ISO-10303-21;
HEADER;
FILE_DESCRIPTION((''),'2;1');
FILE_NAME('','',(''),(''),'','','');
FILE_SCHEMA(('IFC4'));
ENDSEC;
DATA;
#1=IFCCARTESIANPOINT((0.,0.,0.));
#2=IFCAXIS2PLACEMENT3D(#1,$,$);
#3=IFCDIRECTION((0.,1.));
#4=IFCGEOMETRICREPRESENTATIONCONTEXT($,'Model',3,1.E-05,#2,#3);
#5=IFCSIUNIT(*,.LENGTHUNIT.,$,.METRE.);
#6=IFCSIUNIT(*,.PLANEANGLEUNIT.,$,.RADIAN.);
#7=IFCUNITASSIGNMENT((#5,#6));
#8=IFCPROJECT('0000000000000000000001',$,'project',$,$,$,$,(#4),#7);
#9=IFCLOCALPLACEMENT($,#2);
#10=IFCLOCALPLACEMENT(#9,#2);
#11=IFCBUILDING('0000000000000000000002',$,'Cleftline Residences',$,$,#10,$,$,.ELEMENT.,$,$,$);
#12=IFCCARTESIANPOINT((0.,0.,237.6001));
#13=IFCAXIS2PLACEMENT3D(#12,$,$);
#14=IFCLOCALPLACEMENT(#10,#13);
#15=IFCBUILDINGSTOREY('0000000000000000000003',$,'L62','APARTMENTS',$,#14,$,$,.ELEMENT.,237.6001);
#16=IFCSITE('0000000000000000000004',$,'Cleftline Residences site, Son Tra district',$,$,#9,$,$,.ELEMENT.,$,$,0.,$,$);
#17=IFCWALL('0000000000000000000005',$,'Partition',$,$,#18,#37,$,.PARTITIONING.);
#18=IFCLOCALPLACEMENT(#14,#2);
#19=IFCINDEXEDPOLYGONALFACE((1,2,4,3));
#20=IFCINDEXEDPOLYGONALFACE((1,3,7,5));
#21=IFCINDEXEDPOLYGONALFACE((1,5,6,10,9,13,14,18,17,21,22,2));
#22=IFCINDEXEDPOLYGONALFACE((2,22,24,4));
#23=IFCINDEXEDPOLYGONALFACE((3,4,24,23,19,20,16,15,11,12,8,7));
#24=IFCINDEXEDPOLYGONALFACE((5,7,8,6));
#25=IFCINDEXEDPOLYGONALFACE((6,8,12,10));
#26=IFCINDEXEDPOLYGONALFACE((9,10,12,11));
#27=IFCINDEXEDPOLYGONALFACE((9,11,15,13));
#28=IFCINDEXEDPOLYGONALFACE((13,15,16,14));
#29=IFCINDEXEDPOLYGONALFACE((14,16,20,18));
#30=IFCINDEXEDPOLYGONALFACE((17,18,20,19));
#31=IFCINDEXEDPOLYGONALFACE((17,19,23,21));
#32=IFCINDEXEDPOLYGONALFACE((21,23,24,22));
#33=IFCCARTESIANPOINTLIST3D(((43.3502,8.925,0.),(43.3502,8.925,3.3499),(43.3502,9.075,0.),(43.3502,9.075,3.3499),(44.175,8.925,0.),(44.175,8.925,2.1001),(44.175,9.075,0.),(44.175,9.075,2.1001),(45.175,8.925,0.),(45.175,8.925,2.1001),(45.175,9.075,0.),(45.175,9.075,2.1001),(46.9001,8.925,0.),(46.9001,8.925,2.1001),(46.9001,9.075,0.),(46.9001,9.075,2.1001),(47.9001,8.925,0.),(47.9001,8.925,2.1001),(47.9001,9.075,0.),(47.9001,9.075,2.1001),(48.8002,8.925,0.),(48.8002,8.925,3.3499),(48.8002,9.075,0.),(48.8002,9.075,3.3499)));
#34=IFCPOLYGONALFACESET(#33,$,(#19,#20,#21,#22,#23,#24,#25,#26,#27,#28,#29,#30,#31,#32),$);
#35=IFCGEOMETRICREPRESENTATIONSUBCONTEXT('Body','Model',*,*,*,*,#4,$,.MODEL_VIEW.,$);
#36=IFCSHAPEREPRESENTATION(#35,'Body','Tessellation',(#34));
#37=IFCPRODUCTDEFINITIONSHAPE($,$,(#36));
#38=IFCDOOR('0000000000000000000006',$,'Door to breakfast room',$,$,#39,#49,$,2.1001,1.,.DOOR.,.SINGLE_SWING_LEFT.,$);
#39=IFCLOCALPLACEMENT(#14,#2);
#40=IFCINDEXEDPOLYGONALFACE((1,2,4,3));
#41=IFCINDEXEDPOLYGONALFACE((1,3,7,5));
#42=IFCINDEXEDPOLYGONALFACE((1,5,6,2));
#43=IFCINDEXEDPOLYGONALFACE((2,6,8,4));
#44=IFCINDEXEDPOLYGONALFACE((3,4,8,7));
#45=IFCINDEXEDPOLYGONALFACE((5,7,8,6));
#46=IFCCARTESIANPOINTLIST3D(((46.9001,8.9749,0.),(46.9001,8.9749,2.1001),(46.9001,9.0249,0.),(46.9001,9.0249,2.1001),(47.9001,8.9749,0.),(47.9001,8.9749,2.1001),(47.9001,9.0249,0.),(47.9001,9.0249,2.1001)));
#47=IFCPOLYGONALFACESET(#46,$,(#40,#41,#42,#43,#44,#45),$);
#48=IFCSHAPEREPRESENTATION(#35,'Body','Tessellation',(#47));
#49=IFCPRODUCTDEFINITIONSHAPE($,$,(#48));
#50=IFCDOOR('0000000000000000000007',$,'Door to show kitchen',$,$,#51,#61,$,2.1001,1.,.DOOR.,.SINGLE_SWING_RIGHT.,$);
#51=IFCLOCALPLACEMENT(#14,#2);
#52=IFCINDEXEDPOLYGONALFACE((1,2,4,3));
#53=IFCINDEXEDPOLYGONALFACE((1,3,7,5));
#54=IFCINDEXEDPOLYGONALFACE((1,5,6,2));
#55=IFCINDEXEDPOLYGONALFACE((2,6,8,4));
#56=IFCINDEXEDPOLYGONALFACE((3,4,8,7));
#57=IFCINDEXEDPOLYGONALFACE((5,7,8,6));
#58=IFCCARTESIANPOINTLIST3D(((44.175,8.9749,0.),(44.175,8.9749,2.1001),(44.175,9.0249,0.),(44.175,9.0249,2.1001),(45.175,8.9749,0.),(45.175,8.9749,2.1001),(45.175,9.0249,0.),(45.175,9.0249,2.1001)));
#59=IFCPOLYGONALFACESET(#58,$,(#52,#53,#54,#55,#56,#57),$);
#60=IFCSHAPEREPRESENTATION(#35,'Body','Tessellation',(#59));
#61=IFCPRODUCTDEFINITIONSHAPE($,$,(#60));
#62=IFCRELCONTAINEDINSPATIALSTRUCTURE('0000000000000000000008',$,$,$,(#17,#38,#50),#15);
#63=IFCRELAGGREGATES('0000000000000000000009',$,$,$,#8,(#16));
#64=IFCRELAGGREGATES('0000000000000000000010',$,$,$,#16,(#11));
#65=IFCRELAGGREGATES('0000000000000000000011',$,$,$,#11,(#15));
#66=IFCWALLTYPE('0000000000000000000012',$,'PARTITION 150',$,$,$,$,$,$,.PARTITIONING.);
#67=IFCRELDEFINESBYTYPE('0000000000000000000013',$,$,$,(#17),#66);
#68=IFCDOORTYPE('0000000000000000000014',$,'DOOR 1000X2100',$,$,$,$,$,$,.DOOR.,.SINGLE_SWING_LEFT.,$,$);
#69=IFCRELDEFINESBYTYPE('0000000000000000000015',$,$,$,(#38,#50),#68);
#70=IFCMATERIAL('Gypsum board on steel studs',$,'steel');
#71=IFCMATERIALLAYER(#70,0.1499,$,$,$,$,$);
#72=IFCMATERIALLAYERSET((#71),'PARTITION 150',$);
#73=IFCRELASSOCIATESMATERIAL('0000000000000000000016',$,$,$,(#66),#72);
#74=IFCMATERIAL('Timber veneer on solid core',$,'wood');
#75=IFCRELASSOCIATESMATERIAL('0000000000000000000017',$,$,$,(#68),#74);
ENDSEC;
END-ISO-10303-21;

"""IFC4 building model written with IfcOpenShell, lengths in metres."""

from ifc_helpers import new_model, si_unit, direction, frame, frame_2d, origin, place, context, subcontext, project, spatial, rectangle, extrude, material, layer, layer_set, type_object, element, fill, save


model = new_model("IFC4")

# Units and contexts
model_context = context("Model", 3, precision=1e-05, world=origin(), true_north=direction((0.0, 1.0)))
body_context = subcontext(model_context, "Body", "Model", "MODEL_VIEW")
ifc_project = project(units=[si_unit("LENGTHUNIT", "METRE"), si_unit("PLANEANGLEUNIT", "RADIAN")], contexts=[model_context])

# Site, building, storey
site_placement = place(None, origin())
site = spatial("IfcSite", under=ifc_project, at=site_placement, Name="Cleftline Residences site, Son Tra district", CompositionType="ELEMENT", RefElevation=0.0)
building_placement = place(site_placement, origin())
building = spatial("IfcBuilding", under=site, at=building_placement, Name="Cleftline Residences", CompositionType="ELEMENT")
storey_placement = place(building_placement, frame((0.0, 0.0, 237.6001)))
storey = spatial("IfcBuildingStorey", under=building, at=storey_placement, Name="L62", Description="APARTMENTS", CompositionType="ELEMENT", Elevation=237.6001)

# Wall, openings, doors
ifc_material_1 = material(Name="Gypsum board on steel studs", Category="steel")
ifc_layer_1 = layer(ifc_material_1, 0.1499)
ifc_layer_set_1 = layer_set([ifc_layer_1], Name="PARTITION 150")
wall_type_1 = type_object("IfcWallType", Name="PARTITION 150", PredefinedType="PARTITIONING", material=ifc_layer_set_1)
wall_1_placement = place(storey_placement, frame((43.3501, 9.0, 0.0), z_axis=(0.0, 0.0, 1.0), x_axis=(1.0, 0.0, 0.0)))
wall_1 = element("IfcWall", 1, at=wall_1_placement, inside=storey, type_object=wall_type_1, Name="Partition", PredefinedType="PARTITIONING", context=body_context, shape_type="SweptSolid", body=[
    extrude(rectangle(XDim=5.45, YDim=0.1499, at=frame_2d((2.7251, 0.0))), origin(), (0.0, 0.0, 1.0), 3.3499),
])
opening_1_placement = place(wall_1_placement, frame((3.55, 0.0, 0.0)))
opening_1 = element("IfcOpeningElement", 2, at=opening_1_placement, cuts=wall_1, PredefinedType="OPENING", context=body_context, shape_type="SweptSolid", body=[
    extrude(rectangle(XDim=1.0, YDim=2.1001, at=frame_2d((0.5, 1.05))), frame((0.0, 0.085, 0.0), z_axis=(0.0, -1.0, 0.0), x_axis=(1.0, 0.0, 0.0)), (0.0, 0.0, 1.0), 0.1699),
])
opening_2_placement = place(wall_1_placement, frame((0.825, 0.0, 0.0)))
opening_2 = element("IfcOpeningElement", 3, at=opening_2_placement, cuts=wall_1, PredefinedType="OPENING", context=body_context, shape_type="SweptSolid", body=[
    extrude(rectangle(XDim=1.0, YDim=2.1001, at=frame_2d((0.5, 1.05))), frame((0.0, 0.085, 0.0), z_axis=(0.0, -1.0, 0.0), x_axis=(1.0, 0.0, 0.0)), (0.0, 0.0, 1.0), 0.1699),
])
ifc_material_2 = material(Name="Timber veneer on solid core", Category="wood")
door_type_1 = type_object("IfcDoorType", Name="DOOR 1000X2100", OperationType="SINGLE_SWING_LEFT", PredefinedType="DOOR", material=ifc_material_2)
door_1_placement = place(opening_1_placement, origin())
door_1 = element("IfcDoor", 4, at=door_1_placement, inside=storey, type_object=door_type_1, Name="Door to breakfast room", OperationType="SINGLE_SWING_LEFT", OverallHeight=2.1001, OverallWidth=1.0, PredefinedType="DOOR", context=body_context, shape_type="SweptSolid", body=[
    extrude(rectangle(XDim=1.0, YDim=2.1001, at=frame_2d((0.5, 1.05))), frame((0.0, 0.0249, 0.0), z_axis=(0.0, -1.0, 0.0), x_axis=(1.0, 0.0, 0.0)), (0.0, 0.0, 1.0), 0.05),
])
fill(opening_1, door_1)
door_2_placement = place(opening_2_placement, origin())
door_2 = element("IfcDoor", 5, at=door_2_placement, inside=storey, type_object=door_type_1, Name="Door to show kitchen", OperationType="SINGLE_SWING_RIGHT", OverallHeight=2.1001, OverallWidth=1.0, PredefinedType="DOOR", context=body_context, shape_type="SweptSolid", body=[
    extrude(rectangle(XDim=1.0, YDim=2.1001, at=frame_2d((0.5, 1.05))), frame((0.0, 0.0249, 0.0), z_axis=(0.0, -1.0, 0.0), x_axis=(1.0, 0.0, 0.0)), (0.0, 0.0, 1.0), 0.05),
])
fill(opening_2, door_2)

save(model, "model.ifc")
